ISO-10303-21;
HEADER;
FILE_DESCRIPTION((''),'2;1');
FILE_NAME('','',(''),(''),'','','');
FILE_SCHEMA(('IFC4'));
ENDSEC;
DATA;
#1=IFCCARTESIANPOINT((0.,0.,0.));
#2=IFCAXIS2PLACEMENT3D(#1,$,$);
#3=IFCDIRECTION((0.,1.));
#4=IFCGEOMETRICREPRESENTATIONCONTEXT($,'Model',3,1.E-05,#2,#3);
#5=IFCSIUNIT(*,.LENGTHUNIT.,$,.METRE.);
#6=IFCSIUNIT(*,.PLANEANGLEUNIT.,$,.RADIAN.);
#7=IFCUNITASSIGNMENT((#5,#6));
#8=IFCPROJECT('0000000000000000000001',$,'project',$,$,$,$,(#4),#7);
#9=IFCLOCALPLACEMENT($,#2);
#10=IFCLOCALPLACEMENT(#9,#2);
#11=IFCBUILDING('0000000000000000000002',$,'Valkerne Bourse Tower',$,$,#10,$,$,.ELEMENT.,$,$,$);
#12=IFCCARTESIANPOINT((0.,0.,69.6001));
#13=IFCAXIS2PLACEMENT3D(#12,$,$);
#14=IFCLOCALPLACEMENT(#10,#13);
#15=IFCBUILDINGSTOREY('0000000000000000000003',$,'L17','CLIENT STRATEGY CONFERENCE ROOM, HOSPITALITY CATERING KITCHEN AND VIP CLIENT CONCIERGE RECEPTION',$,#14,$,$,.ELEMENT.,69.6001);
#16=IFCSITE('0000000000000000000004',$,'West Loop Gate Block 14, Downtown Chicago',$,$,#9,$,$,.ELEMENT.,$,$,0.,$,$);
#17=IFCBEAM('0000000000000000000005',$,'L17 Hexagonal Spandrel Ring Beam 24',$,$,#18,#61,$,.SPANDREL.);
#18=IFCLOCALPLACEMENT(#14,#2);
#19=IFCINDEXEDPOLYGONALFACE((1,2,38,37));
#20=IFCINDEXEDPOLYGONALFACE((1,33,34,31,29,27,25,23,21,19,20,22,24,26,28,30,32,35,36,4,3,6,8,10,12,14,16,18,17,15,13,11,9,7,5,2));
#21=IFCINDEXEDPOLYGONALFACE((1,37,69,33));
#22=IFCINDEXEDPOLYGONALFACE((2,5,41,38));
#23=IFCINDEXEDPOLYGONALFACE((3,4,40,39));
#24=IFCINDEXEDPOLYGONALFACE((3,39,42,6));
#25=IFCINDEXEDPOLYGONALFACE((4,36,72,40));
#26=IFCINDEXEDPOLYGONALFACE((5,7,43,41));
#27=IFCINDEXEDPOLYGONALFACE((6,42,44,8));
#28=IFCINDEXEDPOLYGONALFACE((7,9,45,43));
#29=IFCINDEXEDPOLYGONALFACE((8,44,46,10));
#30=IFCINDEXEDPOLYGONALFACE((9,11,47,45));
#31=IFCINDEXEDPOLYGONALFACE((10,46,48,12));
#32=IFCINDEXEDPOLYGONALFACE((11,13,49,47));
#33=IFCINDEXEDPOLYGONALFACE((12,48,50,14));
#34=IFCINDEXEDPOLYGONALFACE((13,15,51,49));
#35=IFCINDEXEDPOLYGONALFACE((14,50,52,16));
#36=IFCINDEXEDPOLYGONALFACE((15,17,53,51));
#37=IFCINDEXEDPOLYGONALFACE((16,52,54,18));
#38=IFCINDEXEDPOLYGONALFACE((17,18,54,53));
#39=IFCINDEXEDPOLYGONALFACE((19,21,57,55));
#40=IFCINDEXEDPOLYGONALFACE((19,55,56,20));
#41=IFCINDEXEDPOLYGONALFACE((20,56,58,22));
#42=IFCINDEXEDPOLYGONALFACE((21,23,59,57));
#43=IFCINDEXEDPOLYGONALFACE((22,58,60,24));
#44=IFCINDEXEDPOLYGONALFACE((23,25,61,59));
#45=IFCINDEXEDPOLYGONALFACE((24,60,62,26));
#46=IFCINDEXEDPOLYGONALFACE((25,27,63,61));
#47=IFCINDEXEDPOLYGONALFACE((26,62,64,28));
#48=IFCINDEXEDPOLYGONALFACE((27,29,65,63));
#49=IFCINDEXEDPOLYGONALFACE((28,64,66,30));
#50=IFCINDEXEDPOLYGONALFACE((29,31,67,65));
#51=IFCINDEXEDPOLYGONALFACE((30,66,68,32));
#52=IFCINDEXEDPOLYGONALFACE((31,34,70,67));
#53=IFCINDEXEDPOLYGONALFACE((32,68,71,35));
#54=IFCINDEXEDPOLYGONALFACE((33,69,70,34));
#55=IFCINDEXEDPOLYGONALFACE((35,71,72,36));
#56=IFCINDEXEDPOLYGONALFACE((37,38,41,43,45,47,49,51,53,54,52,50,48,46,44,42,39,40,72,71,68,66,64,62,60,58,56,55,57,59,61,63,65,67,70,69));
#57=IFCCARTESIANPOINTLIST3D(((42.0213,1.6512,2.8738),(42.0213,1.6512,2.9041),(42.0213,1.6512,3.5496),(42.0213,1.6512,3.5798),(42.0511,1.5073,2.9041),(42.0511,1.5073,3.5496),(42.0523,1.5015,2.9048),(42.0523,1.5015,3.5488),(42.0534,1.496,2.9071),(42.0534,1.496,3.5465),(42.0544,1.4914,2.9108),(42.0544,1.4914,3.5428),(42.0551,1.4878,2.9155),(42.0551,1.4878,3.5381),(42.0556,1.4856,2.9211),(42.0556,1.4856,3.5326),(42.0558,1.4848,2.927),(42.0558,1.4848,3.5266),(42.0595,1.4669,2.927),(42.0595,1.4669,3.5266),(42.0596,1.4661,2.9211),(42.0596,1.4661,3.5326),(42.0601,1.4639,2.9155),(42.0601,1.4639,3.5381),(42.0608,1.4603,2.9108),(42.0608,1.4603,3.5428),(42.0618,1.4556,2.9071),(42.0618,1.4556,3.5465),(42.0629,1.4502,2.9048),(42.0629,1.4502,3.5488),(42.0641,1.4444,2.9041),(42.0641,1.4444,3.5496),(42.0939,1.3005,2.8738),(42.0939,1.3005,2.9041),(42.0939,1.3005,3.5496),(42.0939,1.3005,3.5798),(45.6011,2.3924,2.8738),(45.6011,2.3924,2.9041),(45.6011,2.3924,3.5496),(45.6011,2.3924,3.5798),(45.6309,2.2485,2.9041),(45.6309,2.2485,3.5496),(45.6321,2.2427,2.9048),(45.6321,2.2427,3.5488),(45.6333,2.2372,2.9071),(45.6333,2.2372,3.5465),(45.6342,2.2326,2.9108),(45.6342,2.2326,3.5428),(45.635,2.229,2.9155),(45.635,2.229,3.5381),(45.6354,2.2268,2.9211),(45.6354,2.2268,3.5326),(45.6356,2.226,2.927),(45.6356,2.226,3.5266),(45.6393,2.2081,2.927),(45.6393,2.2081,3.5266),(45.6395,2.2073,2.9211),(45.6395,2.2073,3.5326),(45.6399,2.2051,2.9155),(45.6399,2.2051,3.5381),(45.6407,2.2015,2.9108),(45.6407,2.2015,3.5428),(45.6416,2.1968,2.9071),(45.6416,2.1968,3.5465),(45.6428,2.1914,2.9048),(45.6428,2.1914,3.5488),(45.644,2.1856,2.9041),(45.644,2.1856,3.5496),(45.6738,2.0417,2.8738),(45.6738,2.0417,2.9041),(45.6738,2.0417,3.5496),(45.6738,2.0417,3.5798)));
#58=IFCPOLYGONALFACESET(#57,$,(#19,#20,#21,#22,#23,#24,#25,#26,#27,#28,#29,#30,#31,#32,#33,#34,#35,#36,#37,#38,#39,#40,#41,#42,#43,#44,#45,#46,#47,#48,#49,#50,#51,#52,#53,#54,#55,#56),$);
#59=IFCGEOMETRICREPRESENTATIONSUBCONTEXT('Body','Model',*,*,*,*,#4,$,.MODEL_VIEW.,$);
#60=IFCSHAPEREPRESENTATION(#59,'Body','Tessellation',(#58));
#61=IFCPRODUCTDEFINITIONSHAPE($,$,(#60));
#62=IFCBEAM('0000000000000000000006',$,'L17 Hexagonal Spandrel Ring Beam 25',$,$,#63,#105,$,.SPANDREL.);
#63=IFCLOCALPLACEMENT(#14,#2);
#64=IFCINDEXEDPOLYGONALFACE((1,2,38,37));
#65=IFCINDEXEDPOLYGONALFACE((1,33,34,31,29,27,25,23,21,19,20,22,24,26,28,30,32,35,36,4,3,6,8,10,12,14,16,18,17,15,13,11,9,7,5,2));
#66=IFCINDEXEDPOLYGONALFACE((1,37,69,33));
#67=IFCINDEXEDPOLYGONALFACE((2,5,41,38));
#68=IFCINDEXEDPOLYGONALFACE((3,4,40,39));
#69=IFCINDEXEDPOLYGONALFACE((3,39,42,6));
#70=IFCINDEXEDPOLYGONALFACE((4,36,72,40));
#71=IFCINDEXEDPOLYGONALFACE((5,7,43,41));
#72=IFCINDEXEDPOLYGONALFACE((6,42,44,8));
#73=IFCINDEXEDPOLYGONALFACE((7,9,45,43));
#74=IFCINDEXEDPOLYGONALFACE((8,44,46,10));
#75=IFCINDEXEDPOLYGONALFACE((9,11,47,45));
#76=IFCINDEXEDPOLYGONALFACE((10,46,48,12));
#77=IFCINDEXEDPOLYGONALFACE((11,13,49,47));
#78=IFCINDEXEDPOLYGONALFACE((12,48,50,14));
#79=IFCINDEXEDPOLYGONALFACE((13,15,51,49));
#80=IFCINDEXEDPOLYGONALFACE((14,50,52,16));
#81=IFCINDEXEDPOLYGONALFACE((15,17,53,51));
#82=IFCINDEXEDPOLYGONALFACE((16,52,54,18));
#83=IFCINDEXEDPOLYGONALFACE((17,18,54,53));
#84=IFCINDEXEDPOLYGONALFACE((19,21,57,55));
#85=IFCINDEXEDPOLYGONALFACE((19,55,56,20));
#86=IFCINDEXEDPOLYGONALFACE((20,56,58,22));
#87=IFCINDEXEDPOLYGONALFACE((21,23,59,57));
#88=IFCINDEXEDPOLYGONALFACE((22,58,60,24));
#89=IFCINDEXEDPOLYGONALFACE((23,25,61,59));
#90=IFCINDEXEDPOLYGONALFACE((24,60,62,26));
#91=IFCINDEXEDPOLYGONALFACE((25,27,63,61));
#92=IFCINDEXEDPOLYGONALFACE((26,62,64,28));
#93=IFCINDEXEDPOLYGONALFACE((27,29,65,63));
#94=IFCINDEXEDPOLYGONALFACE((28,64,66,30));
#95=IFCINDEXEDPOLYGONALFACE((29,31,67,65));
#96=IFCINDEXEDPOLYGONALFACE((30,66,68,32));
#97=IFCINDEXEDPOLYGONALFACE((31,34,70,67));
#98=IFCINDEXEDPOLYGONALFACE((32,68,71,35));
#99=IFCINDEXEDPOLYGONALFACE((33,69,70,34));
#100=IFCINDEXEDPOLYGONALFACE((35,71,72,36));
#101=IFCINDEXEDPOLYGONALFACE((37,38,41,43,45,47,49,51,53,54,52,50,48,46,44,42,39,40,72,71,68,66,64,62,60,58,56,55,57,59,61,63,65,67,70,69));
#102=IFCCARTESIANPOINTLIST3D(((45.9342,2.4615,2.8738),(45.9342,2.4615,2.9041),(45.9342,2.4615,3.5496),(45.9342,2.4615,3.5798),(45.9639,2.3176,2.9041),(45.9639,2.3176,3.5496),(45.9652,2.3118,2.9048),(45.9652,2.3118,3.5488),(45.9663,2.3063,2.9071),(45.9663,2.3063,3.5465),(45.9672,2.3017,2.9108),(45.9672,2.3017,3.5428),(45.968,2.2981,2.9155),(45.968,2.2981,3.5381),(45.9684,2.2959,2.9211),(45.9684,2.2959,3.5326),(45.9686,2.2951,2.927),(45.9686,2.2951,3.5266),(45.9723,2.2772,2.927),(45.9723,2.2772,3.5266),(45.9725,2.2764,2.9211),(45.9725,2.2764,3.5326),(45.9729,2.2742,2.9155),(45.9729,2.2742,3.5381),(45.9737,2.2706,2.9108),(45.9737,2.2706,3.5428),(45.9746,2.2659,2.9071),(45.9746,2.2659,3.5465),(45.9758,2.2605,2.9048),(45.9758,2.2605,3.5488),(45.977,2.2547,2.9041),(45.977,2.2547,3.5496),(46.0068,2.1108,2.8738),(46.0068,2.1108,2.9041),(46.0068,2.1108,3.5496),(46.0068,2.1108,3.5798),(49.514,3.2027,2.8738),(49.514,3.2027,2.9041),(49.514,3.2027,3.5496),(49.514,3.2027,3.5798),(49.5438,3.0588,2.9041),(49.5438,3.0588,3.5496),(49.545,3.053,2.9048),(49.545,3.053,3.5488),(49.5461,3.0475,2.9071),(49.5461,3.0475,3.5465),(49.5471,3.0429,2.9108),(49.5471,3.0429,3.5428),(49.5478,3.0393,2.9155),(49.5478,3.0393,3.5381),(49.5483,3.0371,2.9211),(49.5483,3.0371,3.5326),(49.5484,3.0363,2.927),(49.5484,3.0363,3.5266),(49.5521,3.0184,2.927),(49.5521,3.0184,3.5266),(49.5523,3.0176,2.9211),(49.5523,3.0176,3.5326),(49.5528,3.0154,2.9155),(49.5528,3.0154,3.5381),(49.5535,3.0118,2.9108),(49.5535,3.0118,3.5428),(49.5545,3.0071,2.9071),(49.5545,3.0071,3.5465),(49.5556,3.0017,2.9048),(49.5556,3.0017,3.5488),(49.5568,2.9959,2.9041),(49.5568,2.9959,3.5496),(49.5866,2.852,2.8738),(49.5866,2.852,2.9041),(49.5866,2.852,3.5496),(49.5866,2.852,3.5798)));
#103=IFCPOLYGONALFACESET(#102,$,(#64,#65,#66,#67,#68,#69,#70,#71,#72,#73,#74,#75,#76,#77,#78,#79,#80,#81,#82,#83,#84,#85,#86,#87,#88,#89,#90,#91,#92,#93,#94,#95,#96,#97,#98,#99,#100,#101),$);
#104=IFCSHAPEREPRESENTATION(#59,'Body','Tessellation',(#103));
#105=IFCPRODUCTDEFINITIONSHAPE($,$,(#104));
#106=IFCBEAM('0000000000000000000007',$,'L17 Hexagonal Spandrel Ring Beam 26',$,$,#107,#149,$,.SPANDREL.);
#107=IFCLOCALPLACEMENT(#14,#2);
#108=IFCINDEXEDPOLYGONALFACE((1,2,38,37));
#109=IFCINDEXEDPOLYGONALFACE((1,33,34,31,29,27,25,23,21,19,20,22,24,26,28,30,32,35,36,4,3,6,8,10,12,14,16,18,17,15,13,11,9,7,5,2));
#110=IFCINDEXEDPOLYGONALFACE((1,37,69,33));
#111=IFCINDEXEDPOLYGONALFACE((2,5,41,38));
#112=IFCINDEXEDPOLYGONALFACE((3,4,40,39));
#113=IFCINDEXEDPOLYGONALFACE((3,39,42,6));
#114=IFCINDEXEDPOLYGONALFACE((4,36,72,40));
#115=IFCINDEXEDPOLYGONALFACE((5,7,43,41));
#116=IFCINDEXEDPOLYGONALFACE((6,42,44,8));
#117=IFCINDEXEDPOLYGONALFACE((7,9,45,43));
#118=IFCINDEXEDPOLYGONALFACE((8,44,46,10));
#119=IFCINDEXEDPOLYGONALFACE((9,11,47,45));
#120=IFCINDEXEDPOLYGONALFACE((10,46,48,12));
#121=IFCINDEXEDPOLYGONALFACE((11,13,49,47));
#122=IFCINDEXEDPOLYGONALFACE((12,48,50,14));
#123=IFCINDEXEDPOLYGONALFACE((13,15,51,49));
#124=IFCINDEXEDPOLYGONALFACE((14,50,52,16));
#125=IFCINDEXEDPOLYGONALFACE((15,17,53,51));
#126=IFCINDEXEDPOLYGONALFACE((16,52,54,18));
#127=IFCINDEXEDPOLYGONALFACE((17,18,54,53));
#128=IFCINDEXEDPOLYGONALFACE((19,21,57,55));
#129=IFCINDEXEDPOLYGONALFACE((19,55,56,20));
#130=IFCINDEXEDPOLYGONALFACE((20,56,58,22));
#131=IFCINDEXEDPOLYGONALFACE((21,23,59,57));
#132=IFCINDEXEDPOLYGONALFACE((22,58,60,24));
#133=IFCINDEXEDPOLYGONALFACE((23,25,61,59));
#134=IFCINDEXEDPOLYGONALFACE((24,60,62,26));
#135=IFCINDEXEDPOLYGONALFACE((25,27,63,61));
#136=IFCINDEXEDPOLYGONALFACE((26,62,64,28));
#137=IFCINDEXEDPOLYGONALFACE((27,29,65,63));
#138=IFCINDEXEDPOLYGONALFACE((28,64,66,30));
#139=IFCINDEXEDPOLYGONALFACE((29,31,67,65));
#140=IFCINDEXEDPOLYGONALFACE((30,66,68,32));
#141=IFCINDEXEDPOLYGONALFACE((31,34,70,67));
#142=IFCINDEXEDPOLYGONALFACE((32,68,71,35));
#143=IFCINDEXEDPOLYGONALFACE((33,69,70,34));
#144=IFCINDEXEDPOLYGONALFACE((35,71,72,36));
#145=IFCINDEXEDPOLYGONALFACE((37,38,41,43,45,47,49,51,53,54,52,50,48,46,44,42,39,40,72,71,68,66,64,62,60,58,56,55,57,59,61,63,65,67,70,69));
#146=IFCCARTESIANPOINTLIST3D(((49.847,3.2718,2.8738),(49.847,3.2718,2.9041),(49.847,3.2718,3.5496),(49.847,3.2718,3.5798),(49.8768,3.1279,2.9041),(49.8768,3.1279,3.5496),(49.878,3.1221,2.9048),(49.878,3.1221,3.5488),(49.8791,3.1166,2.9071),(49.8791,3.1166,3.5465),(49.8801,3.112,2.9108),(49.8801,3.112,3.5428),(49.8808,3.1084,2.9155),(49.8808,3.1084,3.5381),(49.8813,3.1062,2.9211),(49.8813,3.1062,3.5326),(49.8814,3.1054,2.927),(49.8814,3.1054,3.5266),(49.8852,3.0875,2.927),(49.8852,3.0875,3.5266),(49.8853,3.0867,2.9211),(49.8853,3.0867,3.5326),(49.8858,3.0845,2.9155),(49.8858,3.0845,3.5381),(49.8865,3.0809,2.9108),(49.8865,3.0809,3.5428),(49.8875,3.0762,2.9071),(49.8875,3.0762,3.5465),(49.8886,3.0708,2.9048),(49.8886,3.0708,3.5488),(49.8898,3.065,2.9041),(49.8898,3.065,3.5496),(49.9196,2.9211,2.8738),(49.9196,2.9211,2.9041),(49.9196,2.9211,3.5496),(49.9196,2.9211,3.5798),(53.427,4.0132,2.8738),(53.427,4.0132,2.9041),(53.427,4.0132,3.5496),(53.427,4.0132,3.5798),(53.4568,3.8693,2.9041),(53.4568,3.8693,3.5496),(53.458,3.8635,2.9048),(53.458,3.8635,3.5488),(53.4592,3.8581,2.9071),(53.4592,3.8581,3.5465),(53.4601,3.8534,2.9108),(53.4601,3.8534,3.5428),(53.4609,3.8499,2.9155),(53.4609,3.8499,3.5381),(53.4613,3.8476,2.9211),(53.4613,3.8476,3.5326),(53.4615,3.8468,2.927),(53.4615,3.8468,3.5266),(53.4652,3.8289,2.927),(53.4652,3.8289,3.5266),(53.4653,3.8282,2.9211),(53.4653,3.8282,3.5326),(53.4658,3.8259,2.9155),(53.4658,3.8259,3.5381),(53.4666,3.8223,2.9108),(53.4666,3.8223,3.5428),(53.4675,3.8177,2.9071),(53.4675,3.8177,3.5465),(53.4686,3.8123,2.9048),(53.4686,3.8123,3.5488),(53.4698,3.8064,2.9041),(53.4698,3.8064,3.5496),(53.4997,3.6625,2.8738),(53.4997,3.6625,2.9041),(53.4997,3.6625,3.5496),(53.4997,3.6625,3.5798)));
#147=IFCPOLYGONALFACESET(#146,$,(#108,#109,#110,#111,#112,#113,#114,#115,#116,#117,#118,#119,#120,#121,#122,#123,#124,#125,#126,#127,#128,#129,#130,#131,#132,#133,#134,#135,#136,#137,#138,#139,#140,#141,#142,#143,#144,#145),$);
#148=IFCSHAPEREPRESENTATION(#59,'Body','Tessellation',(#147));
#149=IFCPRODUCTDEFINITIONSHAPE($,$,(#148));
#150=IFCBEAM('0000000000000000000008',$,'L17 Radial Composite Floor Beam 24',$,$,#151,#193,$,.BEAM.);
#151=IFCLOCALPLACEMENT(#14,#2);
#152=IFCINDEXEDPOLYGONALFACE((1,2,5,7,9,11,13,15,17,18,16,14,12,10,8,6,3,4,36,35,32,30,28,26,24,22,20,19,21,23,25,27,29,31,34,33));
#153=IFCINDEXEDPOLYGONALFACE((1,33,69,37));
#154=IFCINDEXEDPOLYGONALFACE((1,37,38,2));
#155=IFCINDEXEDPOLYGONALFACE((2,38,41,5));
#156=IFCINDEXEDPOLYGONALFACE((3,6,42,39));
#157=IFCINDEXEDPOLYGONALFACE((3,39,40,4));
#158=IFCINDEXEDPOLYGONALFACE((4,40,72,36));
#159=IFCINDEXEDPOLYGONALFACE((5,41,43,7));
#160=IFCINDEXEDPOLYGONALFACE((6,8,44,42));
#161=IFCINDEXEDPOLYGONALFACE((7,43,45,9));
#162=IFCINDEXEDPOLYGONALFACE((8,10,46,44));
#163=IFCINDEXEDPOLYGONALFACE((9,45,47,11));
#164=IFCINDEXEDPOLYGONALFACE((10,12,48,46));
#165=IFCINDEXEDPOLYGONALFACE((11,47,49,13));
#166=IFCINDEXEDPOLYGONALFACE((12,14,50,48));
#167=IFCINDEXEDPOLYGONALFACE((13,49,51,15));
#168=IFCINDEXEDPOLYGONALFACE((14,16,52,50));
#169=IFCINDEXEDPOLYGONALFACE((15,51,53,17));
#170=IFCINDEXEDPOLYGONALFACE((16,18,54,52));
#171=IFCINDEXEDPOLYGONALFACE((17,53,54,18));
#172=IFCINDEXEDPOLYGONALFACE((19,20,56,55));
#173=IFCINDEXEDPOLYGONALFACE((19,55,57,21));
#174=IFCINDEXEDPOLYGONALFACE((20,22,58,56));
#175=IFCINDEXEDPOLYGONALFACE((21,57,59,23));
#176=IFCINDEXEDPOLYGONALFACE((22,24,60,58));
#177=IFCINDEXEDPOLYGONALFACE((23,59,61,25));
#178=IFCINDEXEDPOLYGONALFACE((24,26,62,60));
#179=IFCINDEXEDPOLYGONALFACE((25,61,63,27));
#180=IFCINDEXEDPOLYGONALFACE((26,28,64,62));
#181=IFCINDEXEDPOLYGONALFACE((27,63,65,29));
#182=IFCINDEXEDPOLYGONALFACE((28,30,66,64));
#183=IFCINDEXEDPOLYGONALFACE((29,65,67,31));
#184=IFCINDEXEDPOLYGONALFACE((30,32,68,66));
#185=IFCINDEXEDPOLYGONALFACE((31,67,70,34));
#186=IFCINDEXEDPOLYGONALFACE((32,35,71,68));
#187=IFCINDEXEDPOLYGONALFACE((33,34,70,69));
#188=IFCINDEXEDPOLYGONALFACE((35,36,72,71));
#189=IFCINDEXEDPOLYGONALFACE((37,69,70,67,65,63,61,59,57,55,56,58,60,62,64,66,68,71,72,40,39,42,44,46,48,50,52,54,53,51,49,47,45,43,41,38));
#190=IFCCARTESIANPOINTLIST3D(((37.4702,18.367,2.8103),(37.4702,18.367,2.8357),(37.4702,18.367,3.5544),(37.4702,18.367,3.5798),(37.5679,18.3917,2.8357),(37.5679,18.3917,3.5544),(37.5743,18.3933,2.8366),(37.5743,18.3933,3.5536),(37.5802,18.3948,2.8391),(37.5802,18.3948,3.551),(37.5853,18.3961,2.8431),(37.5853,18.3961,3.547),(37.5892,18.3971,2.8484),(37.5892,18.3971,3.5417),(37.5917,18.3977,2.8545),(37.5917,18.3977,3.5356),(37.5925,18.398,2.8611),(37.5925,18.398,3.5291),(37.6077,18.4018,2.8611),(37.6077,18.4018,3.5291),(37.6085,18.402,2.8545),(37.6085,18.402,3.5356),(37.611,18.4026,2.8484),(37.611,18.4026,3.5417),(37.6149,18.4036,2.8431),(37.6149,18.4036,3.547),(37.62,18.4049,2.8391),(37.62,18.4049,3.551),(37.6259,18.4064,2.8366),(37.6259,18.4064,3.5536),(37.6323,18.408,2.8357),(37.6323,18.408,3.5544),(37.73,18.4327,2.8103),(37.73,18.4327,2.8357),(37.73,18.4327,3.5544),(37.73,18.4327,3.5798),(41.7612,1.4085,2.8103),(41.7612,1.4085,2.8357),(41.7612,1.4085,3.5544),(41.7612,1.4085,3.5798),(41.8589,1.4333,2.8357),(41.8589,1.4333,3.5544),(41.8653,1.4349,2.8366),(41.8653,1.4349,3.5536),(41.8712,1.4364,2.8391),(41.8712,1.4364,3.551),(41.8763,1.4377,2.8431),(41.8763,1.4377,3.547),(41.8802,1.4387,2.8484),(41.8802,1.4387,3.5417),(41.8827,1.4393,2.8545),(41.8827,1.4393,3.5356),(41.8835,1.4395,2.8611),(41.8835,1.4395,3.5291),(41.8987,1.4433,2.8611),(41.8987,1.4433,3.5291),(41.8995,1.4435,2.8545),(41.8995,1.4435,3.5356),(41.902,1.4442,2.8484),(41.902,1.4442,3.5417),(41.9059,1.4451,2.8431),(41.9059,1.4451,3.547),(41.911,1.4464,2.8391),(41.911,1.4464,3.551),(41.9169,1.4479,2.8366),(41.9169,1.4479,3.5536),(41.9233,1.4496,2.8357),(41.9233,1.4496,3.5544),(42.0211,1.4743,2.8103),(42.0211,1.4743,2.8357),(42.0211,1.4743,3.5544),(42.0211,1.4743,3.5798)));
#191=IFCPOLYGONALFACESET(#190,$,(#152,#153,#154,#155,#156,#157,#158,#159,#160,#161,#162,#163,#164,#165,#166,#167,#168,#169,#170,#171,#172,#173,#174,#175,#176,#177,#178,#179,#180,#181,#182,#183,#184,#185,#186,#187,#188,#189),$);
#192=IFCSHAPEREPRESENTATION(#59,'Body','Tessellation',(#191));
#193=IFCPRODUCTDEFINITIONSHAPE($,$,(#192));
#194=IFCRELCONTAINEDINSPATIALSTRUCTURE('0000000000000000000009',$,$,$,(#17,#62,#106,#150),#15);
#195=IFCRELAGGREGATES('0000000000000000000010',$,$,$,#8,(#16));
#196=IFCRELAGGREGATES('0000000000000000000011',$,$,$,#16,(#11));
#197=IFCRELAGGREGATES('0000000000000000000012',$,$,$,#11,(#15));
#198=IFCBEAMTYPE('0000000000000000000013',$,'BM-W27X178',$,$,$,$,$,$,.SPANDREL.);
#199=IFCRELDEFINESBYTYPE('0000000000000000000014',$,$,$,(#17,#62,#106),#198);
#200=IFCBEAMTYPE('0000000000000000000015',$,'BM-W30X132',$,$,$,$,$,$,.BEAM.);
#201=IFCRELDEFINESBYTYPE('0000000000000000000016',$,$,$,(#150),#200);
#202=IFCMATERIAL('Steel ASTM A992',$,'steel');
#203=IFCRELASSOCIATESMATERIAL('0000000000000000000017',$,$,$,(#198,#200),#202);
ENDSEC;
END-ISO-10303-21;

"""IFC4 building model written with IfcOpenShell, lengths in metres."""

from ifc_helpers import new_model, si_unit, direction, frame, origin, origin_2d, place, context, subcontext, project, spatial, i_section, extrude, material, material_profile, profile_set, type_object, element, save


model = new_model("IFC4")

# Units and contexts
model_context = context("Model", 3, precision=1e-05, world=origin(), true_north=direction((0.0, 1.0)))
body_context = subcontext(model_context, "Body", "Model", "MODEL_VIEW")
ifc_project = project(units=[si_unit("LENGTHUNIT", "METRE"), si_unit("PLANEANGLEUNIT", "RADIAN")], contexts=[model_context])

# Site, building, storey
site_placement = place(None, origin())
site = spatial("IfcSite", under=ifc_project, at=site_placement, Name="West Loop Gate Block 14, Downtown Chicago", CompositionType="ELEMENT", RefElevation=0.0)
building_placement = place(site_placement, origin())
building = spatial("IfcBuilding", under=site, at=building_placement, Name="Valkerne Bourse Tower", CompositionType="ELEMENT")
storey_placement = place(building_placement, frame((0.0, 0.0, 69.6001)))
storey = spatial("IfcBuildingStorey", under=building, at=storey_placement, Name="L17", Description="CLIENT STRATEGY CONFERENCE ROOM, HOSPITALITY CATERING KITCHEN AND VIP CLIENT CONCIERGE RECEPTION", CompositionType="ELEMENT", Elevation=69.6001)

# Beams
ifc_material_1 = material(Name="Steel ASTM A992", Category="steel")
ifc_material_profile_1 = material_profile(ifc_material_1, i_section(OverallWidth=0.3582, OverallDepth=0.7061, WebThickness=0.0183, FlangeThickness=0.0303, FilletRadius=0.0229, at=origin_2d()), Name="W27X178")
ifc_profile_set_1 = profile_set([ifc_material_profile_1], Name="Steel ASTM A992")
beam_type_1 = type_object("IfcBeamType", Name="BM-W27X178", PredefinedType="SPANDREL", material=ifc_profile_set_1)
for number, where, z_axis, x_axis, name in (
    (1, (42.0576, 1.4758, 3.2268), (0.97923, 0.202751, 0.0), (-0.202751, 0.97923, 0.0), "L17 Hexagonal Spandrel Ring Beam 24"),
    (2, (45.9705, 2.2861, 3.2268), (0.97923, 0.202751, 0.0), (-0.202751, 0.97923, 0.0), "L17 Hexagonal Spandrel Ring Beam 25"),
):
    element("IfcBeam", number, at=place(storey_placement, frame(where, z_axis=z_axis, x_axis=x_axis)), inside=storey, type_object=beam_type_1, Name=name, PredefinedType="SPANDREL", context=body_context, shape_type="SweptSolid", body=[
        extrude(i_section(OverallWidth=0.3582, OverallDepth=0.7061, WebThickness=0.0183, FlangeThickness=0.0303, FilletRadius=0.0229, at=origin_2d()), origin(), (0.0, 0.0, 1.0), 3.6558),
    ])
beam_1_placement = place(storey_placement, frame((49.8833, 3.0964, 3.2268), z_axis=(0.97922, 0.202802, 0.0), x_axis=(-0.202802, 0.97922, 0.0)))
element("IfcBeam", 3, at=beam_1_placement, inside=storey, type_object=beam_type_1, Name="L17 Hexagonal Spandrel Ring Beam 26", PredefinedType="SPANDREL", context=body_context, shape_type="SweptSolid", body=[
    extrude(i_section(OverallWidth=0.3582, OverallDepth=0.7061, WebThickness=0.0183, FlangeThickness=0.0303, FilletRadius=0.0229, at=origin_2d()), origin(), (0.0, 0.0, 1.0), 3.656),
])
ifc_material_profile_2 = material_profile(ifc_material_1, i_section(OverallWidth=0.2681, OverallDepth=0.7695, WebThickness=0.0156, FlangeThickness=0.0254, FilletRadius=0.0254, at=origin_2d()), Name="W30X132")
ifc_profile_set_2 = profile_set([ifc_material_profile_2], Name="Steel ASTM A992")
beam_type_2 = type_object("IfcBeamType", Name="BM-W30X132", PredefinedType="BEAM", material=ifc_profile_set_2)
beam_2_placement = place(storey_placement, frame((41.8911, 1.4414, 3.1951), z_axis=(-0.2453, 0.969447, 0.0), x_axis=(-0.969447, -0.2453, 0.0)))
element("IfcBeam", 4, at=beam_2_placement, inside=storey, type_object=beam_type_2, Name="L17 Radial Composite Floor Beam 24", PredefinedType="BEAM", context=body_context, shape_type="SweptSolid", body=[
    extrude(i_section(OverallWidth=0.2681, OverallDepth=0.7695, WebThickness=0.0156, FlangeThickness=0.0254, FilletRadius=0.0254, at=origin_2d()), origin(), (0.0, 0.0, 1.0), 17.4929),
])

save(model, "model.ifc")
